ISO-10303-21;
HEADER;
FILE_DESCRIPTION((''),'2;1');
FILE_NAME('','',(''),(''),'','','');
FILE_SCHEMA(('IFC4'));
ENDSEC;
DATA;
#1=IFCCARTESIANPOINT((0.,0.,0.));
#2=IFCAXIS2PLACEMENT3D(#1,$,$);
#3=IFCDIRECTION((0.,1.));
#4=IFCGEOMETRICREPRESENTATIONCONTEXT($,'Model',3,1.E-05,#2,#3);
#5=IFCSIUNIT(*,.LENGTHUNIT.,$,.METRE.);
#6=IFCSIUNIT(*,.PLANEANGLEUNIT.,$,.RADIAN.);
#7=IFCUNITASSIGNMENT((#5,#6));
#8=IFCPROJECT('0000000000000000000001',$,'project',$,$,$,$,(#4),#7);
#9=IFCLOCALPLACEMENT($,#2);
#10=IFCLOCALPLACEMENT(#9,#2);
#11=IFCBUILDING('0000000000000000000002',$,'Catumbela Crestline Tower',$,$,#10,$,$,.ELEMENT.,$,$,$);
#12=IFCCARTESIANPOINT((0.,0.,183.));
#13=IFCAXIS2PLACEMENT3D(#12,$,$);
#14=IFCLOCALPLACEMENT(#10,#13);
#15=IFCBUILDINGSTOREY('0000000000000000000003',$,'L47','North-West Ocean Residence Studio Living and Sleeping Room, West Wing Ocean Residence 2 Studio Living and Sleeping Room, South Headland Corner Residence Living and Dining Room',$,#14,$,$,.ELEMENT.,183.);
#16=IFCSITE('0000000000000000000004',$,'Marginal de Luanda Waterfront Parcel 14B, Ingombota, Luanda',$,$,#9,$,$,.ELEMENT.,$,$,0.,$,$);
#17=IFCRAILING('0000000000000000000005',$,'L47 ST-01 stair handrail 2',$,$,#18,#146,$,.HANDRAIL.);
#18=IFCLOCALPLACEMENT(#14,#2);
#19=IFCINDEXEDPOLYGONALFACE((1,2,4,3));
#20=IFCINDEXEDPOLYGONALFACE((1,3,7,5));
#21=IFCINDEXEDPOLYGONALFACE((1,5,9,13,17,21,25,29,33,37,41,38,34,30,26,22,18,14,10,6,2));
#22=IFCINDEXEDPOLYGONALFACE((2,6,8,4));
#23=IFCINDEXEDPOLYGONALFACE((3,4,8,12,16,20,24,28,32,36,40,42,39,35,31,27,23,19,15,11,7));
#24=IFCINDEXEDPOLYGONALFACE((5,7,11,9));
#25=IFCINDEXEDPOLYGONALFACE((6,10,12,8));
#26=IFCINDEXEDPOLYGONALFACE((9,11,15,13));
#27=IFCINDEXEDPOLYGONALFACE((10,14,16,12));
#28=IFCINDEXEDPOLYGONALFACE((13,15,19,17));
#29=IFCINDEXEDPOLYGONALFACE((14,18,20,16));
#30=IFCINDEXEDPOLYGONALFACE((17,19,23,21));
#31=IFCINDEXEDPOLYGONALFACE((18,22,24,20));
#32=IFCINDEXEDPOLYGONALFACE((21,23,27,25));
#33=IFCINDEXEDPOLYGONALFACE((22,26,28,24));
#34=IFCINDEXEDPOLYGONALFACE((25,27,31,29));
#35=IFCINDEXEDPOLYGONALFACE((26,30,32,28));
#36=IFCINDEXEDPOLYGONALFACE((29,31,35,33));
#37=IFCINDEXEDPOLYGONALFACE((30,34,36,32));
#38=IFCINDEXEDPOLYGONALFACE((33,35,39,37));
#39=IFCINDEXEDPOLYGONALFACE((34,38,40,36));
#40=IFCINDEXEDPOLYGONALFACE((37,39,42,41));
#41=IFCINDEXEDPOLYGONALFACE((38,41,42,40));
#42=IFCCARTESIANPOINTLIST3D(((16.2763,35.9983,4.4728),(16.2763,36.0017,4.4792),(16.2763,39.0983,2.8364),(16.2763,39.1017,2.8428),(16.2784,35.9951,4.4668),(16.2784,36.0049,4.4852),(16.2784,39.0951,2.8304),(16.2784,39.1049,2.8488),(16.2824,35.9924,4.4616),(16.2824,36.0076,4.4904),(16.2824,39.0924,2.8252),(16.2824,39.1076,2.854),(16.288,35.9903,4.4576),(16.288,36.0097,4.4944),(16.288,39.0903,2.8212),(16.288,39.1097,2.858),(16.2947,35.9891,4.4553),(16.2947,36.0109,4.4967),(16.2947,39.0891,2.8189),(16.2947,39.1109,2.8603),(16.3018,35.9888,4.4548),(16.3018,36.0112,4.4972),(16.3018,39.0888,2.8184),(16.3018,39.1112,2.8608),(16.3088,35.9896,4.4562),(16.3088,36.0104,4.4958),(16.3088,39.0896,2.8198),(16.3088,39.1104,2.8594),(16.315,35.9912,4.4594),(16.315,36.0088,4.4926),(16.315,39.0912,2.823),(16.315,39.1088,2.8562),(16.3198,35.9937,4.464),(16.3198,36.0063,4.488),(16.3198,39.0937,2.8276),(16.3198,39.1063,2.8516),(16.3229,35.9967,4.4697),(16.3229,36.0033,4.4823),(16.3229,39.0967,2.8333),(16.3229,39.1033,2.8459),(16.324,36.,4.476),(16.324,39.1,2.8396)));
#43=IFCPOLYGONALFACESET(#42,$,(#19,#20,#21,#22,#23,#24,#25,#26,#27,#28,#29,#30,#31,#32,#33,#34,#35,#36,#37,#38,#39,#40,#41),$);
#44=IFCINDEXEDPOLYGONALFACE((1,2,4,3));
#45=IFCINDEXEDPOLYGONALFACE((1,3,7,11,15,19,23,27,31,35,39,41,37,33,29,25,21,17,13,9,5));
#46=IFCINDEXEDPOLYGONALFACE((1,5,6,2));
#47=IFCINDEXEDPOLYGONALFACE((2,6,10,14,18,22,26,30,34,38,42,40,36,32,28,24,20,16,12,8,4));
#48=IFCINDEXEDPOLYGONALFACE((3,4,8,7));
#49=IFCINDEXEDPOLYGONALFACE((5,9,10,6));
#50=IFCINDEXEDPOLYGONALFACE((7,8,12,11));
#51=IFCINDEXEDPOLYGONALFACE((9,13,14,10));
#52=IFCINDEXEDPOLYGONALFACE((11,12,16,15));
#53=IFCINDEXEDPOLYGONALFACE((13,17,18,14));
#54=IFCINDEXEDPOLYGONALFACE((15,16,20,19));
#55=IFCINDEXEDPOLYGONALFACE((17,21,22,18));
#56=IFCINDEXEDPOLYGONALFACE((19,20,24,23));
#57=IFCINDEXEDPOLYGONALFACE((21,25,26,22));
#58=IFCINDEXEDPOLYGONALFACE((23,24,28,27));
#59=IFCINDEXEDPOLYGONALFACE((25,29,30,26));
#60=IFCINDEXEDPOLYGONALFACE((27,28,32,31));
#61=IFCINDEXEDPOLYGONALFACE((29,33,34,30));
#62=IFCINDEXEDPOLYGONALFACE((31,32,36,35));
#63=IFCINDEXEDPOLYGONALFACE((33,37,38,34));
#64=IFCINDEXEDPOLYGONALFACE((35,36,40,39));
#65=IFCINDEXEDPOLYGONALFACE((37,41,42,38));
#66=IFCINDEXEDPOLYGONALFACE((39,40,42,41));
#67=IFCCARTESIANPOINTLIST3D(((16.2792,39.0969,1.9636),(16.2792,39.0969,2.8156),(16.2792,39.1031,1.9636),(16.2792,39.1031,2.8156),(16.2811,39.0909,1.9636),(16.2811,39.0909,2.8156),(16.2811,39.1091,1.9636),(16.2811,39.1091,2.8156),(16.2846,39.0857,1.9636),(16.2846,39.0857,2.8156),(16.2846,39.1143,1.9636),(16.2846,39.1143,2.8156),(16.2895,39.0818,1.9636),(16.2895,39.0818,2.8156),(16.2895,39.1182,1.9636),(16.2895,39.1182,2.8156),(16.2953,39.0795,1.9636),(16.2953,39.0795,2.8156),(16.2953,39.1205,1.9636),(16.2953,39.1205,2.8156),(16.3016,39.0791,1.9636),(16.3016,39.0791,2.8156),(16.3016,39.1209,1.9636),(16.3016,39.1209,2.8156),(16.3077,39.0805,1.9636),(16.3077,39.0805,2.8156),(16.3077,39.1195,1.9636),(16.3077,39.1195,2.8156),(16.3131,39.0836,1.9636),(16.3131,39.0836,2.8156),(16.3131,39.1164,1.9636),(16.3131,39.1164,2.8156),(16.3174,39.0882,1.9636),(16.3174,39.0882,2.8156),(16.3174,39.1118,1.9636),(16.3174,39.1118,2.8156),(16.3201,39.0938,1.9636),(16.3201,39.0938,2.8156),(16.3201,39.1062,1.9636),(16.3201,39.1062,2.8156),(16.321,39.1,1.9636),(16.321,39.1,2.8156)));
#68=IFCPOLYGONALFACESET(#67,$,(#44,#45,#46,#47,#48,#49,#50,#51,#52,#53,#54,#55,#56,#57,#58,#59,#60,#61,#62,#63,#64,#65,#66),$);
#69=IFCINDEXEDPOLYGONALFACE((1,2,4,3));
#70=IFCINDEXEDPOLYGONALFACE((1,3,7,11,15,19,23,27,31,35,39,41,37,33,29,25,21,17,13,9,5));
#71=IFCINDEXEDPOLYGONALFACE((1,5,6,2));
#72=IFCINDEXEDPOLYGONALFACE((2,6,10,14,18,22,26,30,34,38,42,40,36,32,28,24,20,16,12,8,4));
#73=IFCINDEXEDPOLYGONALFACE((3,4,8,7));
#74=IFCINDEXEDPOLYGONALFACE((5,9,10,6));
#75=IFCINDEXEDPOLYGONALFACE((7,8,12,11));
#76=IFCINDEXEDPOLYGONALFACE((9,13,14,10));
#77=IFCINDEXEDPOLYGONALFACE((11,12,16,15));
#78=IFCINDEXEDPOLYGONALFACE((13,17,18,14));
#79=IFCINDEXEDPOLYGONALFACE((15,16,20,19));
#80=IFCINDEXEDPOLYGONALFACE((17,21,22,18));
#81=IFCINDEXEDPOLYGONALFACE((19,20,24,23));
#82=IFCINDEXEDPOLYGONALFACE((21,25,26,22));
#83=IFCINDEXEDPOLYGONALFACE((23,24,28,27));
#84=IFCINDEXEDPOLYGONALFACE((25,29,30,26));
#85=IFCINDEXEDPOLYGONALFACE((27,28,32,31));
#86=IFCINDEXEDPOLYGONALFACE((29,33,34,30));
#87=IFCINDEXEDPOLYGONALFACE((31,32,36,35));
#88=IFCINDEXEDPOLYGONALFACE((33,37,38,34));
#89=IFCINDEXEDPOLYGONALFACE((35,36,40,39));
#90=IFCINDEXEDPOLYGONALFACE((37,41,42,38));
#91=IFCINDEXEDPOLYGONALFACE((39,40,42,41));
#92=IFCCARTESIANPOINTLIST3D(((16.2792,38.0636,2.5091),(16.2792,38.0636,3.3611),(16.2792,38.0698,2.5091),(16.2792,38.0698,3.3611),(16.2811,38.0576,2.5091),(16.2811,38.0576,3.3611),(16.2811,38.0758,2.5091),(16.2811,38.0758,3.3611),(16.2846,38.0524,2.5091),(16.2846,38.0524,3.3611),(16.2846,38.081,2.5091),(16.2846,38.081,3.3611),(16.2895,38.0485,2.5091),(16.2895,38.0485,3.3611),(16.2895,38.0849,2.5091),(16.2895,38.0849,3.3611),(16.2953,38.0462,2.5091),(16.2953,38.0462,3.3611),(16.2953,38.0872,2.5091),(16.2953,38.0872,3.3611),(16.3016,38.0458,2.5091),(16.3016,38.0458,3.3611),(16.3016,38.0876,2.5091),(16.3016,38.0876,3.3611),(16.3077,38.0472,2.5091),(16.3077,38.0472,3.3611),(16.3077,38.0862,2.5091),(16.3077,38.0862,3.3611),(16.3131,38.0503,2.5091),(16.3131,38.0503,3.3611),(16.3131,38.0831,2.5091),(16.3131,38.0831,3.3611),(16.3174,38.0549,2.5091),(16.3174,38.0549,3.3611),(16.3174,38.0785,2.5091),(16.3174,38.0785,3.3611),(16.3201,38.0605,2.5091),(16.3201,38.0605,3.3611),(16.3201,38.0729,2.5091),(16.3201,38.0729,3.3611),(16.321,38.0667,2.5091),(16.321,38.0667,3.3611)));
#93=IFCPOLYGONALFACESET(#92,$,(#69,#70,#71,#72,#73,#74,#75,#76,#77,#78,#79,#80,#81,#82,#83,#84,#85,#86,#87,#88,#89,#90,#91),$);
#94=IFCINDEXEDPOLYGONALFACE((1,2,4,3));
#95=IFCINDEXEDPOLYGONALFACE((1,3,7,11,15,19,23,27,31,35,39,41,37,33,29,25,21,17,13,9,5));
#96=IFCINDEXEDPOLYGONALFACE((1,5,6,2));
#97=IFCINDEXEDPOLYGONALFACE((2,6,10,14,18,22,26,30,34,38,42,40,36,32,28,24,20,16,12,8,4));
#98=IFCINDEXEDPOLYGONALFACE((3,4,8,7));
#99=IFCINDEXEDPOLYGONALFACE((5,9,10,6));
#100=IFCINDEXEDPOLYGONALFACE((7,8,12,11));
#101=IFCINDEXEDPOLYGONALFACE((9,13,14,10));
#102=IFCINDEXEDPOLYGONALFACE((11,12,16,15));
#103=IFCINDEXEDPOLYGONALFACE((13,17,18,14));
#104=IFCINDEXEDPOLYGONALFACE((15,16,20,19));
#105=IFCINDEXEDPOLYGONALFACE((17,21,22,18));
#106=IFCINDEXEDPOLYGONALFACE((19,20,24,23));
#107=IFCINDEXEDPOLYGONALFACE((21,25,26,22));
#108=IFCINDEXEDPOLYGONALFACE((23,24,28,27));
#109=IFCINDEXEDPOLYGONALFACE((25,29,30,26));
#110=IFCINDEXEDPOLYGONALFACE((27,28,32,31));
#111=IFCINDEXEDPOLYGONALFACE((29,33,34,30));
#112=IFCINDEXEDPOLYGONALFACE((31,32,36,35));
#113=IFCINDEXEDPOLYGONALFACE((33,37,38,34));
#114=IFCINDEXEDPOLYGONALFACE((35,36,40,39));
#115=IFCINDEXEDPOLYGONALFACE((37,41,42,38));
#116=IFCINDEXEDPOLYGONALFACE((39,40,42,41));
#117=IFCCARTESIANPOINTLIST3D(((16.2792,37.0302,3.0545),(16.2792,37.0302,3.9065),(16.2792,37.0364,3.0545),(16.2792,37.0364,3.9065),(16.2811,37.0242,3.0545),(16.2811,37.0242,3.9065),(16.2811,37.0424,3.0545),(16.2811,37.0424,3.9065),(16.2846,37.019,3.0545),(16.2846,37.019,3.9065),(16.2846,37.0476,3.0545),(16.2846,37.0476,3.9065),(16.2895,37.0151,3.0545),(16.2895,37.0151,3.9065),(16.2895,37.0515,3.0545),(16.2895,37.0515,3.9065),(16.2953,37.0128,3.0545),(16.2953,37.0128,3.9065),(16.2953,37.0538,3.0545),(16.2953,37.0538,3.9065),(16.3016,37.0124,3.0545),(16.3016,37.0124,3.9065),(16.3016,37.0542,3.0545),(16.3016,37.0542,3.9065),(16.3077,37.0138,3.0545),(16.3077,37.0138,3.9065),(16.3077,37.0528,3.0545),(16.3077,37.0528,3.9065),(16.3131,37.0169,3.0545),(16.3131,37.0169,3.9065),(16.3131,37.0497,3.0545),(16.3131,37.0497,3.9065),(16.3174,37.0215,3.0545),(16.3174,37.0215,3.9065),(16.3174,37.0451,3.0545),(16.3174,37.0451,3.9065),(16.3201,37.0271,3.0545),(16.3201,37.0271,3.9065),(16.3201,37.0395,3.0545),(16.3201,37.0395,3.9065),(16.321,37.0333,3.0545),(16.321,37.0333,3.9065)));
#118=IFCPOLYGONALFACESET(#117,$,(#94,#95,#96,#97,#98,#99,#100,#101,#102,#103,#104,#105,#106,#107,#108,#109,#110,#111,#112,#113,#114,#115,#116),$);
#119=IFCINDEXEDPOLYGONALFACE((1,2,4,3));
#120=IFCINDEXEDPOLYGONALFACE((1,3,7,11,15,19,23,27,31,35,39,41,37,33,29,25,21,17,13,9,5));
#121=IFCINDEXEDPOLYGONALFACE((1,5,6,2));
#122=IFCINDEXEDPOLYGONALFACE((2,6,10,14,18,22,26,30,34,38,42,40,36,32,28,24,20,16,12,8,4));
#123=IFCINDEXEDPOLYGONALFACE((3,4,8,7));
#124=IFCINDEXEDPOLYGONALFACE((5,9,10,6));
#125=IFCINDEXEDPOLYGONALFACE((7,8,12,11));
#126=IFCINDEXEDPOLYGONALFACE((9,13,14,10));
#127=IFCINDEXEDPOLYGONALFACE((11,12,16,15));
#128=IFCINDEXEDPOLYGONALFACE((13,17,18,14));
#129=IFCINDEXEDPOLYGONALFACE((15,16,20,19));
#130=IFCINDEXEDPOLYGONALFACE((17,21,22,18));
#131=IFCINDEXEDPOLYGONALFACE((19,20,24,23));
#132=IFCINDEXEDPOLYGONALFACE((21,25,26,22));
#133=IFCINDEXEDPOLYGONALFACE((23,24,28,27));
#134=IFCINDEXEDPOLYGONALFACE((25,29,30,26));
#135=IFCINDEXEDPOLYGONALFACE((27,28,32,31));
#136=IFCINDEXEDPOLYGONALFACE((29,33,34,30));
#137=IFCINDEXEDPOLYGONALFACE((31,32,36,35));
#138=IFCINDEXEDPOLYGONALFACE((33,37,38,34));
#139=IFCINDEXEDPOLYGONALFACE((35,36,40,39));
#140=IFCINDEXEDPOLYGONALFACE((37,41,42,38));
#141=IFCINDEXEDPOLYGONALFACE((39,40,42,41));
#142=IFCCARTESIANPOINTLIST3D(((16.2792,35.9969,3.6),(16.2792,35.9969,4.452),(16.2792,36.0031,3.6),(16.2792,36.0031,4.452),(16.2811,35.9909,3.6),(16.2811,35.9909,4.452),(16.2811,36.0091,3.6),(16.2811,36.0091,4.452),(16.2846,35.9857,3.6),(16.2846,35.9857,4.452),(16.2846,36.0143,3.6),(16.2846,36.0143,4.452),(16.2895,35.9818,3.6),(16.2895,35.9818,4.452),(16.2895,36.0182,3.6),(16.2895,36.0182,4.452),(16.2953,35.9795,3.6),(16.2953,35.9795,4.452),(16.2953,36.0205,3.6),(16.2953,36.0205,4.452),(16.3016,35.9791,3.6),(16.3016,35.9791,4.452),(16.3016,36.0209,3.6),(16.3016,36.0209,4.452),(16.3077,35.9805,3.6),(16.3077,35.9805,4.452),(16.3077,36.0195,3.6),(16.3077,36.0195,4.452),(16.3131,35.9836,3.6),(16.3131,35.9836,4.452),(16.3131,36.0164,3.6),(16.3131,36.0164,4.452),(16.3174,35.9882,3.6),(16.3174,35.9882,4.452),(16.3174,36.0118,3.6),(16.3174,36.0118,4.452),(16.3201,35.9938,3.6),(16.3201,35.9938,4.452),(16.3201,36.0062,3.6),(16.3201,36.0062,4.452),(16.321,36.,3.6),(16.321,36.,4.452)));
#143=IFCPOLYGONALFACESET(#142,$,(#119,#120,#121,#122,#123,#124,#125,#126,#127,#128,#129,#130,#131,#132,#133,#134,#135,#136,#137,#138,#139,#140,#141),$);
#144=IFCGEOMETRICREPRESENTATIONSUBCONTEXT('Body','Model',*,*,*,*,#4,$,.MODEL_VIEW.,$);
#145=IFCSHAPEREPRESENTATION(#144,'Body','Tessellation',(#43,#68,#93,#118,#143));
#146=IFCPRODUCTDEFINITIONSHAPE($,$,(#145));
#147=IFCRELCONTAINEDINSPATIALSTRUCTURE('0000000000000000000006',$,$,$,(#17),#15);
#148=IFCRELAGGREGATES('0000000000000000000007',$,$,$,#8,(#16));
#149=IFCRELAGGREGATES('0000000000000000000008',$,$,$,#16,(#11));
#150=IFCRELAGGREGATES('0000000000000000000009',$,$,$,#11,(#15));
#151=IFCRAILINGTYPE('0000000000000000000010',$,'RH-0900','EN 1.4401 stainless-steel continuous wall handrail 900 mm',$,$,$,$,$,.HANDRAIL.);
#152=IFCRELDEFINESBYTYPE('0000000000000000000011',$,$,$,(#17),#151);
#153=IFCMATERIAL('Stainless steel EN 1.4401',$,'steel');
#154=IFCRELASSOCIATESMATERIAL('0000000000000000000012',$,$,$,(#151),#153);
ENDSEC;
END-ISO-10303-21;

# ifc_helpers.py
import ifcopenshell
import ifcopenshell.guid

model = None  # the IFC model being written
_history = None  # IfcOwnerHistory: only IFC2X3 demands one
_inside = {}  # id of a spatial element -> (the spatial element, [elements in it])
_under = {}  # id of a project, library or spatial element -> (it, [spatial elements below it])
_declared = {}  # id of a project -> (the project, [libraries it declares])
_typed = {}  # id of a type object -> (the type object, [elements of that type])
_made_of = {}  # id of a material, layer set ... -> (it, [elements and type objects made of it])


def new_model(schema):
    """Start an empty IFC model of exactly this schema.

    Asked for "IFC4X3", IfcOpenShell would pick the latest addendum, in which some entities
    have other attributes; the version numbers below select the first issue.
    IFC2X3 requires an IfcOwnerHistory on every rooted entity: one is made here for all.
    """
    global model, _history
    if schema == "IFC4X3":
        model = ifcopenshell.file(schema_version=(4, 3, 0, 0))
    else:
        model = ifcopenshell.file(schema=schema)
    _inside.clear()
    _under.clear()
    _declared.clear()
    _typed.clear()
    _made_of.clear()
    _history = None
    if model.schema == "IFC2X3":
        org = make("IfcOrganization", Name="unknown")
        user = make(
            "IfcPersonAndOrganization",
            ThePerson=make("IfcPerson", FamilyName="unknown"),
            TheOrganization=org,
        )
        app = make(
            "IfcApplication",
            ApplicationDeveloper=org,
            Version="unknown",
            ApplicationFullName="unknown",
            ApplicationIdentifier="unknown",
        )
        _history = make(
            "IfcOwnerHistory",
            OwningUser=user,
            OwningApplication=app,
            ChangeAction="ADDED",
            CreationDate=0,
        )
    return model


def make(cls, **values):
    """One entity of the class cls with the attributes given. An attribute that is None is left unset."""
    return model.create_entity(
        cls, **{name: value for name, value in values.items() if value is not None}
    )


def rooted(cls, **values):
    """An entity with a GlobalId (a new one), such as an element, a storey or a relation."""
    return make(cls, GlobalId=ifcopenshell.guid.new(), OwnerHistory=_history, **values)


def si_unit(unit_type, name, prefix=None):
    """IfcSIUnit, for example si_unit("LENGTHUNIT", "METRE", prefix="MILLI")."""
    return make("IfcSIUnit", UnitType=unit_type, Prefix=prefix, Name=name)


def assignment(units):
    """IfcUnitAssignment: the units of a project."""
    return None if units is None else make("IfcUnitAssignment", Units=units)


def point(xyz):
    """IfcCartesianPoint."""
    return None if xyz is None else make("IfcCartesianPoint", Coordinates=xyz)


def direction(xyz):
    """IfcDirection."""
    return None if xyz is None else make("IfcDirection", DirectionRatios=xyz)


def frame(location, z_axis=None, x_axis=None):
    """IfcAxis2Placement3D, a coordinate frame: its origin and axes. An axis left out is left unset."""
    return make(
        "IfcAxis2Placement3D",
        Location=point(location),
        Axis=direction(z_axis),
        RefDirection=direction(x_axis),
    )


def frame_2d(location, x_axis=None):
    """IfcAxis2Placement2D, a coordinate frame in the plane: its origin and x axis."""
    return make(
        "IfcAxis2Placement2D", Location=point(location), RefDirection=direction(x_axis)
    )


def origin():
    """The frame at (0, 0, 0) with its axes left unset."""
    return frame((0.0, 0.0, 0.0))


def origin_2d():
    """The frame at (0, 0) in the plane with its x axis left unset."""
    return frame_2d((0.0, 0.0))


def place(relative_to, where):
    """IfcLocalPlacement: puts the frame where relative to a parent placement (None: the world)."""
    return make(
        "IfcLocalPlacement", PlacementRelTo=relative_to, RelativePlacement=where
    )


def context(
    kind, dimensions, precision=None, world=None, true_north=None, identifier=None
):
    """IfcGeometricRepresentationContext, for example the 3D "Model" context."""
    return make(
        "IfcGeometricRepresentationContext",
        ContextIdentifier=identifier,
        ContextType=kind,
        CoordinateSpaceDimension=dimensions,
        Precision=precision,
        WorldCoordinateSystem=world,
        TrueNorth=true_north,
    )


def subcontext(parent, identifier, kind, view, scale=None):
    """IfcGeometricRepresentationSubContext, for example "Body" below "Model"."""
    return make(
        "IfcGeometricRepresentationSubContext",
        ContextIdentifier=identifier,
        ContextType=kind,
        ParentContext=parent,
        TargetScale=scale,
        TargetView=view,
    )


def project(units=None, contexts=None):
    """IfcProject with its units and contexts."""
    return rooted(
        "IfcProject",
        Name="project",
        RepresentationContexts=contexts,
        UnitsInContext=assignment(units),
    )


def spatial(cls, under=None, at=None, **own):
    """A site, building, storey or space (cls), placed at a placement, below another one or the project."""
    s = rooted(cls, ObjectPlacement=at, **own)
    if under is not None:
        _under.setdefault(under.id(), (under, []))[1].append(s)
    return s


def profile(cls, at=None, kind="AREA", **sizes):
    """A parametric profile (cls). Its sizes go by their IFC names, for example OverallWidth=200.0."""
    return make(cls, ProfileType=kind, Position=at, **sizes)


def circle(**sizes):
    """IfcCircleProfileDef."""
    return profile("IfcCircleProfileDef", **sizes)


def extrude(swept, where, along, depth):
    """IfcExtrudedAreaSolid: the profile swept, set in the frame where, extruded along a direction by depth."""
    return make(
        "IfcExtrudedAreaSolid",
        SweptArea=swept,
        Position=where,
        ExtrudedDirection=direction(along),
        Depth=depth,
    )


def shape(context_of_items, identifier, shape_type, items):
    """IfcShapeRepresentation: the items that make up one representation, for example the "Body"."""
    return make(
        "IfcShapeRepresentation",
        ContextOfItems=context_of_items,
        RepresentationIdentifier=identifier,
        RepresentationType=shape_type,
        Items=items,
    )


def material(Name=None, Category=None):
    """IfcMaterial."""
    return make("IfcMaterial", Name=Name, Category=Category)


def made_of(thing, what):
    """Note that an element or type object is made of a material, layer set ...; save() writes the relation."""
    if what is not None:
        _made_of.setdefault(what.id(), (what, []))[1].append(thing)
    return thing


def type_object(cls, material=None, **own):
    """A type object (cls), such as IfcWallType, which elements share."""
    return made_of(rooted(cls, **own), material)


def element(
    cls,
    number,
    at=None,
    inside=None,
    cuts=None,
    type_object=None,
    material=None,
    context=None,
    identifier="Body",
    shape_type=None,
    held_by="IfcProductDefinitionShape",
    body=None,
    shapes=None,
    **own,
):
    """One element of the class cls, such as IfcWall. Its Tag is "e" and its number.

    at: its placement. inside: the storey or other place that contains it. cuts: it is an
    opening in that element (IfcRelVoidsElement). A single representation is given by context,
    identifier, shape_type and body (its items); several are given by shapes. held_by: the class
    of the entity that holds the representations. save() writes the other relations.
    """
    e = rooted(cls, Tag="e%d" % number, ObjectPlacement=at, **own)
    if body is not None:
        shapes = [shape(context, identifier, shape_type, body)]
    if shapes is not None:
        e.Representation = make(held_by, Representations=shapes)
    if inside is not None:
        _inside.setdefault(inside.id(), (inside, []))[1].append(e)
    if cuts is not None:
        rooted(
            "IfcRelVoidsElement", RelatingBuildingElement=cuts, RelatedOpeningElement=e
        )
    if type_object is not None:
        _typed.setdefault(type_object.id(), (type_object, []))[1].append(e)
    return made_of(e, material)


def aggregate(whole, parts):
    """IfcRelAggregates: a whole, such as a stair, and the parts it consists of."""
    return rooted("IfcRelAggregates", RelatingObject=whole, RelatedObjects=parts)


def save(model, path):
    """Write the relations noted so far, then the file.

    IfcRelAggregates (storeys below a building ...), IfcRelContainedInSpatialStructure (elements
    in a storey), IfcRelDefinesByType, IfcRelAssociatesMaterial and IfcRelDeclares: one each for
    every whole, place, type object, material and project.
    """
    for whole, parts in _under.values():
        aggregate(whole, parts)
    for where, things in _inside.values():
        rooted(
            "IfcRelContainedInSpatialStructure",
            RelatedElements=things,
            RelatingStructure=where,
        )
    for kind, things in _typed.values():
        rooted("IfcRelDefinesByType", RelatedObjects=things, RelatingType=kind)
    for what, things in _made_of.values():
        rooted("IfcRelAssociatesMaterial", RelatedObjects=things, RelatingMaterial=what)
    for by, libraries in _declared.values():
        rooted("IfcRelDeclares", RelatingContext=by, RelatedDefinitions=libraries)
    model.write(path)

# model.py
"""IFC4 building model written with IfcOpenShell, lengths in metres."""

from ifc_helpers import new_model, si_unit, direction, frame, origin, origin_2d, place, context, subcontext, project, spatial, circle, extrude, material, type_object, element, save


model = new_model("IFC4")

# Units and contexts
model_context = context("Model", 3, precision=1e-05, world=origin(), true_north=direction((0.0, 1.0)))
body_context = subcontext(model_context, "Body", "Model", "MODEL_VIEW")
ifc_project = project(units=[si_unit("LENGTHUNIT", "METRE"), si_unit("PLANEANGLEUNIT", "RADIAN")], contexts=[model_context])

# Site, building, storey
site_placement = place(None, origin())
site = spatial("IfcSite", under=ifc_project, at=site_placement, Name="Marginal de Luanda Waterfront Parcel 14B, Ingombota, Luanda", CompositionType="ELEMENT", RefElevation=0.0)
building_placement = place(site_placement, origin())
building = spatial("IfcBuilding", under=site, at=building_placement, Name="Catumbela Crestline Tower", CompositionType="ELEMENT")
storey_placement = place(building_placement, frame((0.0, 0.0, 183.0)))
storey = spatial("IfcBuildingStorey", under=building, at=storey_placement, Name="L47", Description="North-West Ocean Residence Studio Living and Sleeping Room, West Wing Ocean Residence 2 Studio Living and Sleeping Room, South Headland Corner Residence Living and Dining Room", CompositionType="ELEMENT", Elevation=183.0)

# Shared definitions
ifc_material_1 = material(Name="Stainless steel EN 1.4401", Category="steel")

# Railing
railing_type_1 = type_object("IfcRailingType", Name="RH-0900", Description="EN 1.4401 stainless-steel continuous wall handrail 900 mm", PredefinedType="HANDRAIL", material=ifc_material_1)
railing_1_placement = place(storey_placement, frame((16.3, 39.1, 1.9636)))
element("IfcRailing", 1, at=railing_1_placement, inside=storey, type_object=railing_type_1, Name="L47 ST-01 stair handrail 2", PredefinedType="HANDRAIL", context=body_context, shape_type="SweptSolid", body=[
    extrude(circle(Radius=0.024, at=origin_2d()), frame((0.0, 0.0, 0.876), z_axis=(0.0, -0.884351, 0.466823), x_axis=(1.0, 0.0, 0.0)), (0.0, 0.0, 1.0), 3.5054),
    extrude(circle(Radius=0.021, at=origin_2d()), origin(), (0.0, 0.0, 1.0), 0.852),
    extrude(circle(Radius=0.021, at=origin_2d()), frame((0.0, -1.0333, 0.5455)), (0.0, 0.0, 1.0), 0.852),
    extrude(circle(Radius=0.021, at=origin_2d()), frame((0.0, -2.0667, 1.0909)), (0.0, 0.0, 1.0), 0.852),
    extrude(circle(Radius=0.021, at=origin_2d()), frame((0.0, -3.1, 1.6364)), (0.0, 0.0, 1.0), 0.852),
])

save(model, "model.ifc")
